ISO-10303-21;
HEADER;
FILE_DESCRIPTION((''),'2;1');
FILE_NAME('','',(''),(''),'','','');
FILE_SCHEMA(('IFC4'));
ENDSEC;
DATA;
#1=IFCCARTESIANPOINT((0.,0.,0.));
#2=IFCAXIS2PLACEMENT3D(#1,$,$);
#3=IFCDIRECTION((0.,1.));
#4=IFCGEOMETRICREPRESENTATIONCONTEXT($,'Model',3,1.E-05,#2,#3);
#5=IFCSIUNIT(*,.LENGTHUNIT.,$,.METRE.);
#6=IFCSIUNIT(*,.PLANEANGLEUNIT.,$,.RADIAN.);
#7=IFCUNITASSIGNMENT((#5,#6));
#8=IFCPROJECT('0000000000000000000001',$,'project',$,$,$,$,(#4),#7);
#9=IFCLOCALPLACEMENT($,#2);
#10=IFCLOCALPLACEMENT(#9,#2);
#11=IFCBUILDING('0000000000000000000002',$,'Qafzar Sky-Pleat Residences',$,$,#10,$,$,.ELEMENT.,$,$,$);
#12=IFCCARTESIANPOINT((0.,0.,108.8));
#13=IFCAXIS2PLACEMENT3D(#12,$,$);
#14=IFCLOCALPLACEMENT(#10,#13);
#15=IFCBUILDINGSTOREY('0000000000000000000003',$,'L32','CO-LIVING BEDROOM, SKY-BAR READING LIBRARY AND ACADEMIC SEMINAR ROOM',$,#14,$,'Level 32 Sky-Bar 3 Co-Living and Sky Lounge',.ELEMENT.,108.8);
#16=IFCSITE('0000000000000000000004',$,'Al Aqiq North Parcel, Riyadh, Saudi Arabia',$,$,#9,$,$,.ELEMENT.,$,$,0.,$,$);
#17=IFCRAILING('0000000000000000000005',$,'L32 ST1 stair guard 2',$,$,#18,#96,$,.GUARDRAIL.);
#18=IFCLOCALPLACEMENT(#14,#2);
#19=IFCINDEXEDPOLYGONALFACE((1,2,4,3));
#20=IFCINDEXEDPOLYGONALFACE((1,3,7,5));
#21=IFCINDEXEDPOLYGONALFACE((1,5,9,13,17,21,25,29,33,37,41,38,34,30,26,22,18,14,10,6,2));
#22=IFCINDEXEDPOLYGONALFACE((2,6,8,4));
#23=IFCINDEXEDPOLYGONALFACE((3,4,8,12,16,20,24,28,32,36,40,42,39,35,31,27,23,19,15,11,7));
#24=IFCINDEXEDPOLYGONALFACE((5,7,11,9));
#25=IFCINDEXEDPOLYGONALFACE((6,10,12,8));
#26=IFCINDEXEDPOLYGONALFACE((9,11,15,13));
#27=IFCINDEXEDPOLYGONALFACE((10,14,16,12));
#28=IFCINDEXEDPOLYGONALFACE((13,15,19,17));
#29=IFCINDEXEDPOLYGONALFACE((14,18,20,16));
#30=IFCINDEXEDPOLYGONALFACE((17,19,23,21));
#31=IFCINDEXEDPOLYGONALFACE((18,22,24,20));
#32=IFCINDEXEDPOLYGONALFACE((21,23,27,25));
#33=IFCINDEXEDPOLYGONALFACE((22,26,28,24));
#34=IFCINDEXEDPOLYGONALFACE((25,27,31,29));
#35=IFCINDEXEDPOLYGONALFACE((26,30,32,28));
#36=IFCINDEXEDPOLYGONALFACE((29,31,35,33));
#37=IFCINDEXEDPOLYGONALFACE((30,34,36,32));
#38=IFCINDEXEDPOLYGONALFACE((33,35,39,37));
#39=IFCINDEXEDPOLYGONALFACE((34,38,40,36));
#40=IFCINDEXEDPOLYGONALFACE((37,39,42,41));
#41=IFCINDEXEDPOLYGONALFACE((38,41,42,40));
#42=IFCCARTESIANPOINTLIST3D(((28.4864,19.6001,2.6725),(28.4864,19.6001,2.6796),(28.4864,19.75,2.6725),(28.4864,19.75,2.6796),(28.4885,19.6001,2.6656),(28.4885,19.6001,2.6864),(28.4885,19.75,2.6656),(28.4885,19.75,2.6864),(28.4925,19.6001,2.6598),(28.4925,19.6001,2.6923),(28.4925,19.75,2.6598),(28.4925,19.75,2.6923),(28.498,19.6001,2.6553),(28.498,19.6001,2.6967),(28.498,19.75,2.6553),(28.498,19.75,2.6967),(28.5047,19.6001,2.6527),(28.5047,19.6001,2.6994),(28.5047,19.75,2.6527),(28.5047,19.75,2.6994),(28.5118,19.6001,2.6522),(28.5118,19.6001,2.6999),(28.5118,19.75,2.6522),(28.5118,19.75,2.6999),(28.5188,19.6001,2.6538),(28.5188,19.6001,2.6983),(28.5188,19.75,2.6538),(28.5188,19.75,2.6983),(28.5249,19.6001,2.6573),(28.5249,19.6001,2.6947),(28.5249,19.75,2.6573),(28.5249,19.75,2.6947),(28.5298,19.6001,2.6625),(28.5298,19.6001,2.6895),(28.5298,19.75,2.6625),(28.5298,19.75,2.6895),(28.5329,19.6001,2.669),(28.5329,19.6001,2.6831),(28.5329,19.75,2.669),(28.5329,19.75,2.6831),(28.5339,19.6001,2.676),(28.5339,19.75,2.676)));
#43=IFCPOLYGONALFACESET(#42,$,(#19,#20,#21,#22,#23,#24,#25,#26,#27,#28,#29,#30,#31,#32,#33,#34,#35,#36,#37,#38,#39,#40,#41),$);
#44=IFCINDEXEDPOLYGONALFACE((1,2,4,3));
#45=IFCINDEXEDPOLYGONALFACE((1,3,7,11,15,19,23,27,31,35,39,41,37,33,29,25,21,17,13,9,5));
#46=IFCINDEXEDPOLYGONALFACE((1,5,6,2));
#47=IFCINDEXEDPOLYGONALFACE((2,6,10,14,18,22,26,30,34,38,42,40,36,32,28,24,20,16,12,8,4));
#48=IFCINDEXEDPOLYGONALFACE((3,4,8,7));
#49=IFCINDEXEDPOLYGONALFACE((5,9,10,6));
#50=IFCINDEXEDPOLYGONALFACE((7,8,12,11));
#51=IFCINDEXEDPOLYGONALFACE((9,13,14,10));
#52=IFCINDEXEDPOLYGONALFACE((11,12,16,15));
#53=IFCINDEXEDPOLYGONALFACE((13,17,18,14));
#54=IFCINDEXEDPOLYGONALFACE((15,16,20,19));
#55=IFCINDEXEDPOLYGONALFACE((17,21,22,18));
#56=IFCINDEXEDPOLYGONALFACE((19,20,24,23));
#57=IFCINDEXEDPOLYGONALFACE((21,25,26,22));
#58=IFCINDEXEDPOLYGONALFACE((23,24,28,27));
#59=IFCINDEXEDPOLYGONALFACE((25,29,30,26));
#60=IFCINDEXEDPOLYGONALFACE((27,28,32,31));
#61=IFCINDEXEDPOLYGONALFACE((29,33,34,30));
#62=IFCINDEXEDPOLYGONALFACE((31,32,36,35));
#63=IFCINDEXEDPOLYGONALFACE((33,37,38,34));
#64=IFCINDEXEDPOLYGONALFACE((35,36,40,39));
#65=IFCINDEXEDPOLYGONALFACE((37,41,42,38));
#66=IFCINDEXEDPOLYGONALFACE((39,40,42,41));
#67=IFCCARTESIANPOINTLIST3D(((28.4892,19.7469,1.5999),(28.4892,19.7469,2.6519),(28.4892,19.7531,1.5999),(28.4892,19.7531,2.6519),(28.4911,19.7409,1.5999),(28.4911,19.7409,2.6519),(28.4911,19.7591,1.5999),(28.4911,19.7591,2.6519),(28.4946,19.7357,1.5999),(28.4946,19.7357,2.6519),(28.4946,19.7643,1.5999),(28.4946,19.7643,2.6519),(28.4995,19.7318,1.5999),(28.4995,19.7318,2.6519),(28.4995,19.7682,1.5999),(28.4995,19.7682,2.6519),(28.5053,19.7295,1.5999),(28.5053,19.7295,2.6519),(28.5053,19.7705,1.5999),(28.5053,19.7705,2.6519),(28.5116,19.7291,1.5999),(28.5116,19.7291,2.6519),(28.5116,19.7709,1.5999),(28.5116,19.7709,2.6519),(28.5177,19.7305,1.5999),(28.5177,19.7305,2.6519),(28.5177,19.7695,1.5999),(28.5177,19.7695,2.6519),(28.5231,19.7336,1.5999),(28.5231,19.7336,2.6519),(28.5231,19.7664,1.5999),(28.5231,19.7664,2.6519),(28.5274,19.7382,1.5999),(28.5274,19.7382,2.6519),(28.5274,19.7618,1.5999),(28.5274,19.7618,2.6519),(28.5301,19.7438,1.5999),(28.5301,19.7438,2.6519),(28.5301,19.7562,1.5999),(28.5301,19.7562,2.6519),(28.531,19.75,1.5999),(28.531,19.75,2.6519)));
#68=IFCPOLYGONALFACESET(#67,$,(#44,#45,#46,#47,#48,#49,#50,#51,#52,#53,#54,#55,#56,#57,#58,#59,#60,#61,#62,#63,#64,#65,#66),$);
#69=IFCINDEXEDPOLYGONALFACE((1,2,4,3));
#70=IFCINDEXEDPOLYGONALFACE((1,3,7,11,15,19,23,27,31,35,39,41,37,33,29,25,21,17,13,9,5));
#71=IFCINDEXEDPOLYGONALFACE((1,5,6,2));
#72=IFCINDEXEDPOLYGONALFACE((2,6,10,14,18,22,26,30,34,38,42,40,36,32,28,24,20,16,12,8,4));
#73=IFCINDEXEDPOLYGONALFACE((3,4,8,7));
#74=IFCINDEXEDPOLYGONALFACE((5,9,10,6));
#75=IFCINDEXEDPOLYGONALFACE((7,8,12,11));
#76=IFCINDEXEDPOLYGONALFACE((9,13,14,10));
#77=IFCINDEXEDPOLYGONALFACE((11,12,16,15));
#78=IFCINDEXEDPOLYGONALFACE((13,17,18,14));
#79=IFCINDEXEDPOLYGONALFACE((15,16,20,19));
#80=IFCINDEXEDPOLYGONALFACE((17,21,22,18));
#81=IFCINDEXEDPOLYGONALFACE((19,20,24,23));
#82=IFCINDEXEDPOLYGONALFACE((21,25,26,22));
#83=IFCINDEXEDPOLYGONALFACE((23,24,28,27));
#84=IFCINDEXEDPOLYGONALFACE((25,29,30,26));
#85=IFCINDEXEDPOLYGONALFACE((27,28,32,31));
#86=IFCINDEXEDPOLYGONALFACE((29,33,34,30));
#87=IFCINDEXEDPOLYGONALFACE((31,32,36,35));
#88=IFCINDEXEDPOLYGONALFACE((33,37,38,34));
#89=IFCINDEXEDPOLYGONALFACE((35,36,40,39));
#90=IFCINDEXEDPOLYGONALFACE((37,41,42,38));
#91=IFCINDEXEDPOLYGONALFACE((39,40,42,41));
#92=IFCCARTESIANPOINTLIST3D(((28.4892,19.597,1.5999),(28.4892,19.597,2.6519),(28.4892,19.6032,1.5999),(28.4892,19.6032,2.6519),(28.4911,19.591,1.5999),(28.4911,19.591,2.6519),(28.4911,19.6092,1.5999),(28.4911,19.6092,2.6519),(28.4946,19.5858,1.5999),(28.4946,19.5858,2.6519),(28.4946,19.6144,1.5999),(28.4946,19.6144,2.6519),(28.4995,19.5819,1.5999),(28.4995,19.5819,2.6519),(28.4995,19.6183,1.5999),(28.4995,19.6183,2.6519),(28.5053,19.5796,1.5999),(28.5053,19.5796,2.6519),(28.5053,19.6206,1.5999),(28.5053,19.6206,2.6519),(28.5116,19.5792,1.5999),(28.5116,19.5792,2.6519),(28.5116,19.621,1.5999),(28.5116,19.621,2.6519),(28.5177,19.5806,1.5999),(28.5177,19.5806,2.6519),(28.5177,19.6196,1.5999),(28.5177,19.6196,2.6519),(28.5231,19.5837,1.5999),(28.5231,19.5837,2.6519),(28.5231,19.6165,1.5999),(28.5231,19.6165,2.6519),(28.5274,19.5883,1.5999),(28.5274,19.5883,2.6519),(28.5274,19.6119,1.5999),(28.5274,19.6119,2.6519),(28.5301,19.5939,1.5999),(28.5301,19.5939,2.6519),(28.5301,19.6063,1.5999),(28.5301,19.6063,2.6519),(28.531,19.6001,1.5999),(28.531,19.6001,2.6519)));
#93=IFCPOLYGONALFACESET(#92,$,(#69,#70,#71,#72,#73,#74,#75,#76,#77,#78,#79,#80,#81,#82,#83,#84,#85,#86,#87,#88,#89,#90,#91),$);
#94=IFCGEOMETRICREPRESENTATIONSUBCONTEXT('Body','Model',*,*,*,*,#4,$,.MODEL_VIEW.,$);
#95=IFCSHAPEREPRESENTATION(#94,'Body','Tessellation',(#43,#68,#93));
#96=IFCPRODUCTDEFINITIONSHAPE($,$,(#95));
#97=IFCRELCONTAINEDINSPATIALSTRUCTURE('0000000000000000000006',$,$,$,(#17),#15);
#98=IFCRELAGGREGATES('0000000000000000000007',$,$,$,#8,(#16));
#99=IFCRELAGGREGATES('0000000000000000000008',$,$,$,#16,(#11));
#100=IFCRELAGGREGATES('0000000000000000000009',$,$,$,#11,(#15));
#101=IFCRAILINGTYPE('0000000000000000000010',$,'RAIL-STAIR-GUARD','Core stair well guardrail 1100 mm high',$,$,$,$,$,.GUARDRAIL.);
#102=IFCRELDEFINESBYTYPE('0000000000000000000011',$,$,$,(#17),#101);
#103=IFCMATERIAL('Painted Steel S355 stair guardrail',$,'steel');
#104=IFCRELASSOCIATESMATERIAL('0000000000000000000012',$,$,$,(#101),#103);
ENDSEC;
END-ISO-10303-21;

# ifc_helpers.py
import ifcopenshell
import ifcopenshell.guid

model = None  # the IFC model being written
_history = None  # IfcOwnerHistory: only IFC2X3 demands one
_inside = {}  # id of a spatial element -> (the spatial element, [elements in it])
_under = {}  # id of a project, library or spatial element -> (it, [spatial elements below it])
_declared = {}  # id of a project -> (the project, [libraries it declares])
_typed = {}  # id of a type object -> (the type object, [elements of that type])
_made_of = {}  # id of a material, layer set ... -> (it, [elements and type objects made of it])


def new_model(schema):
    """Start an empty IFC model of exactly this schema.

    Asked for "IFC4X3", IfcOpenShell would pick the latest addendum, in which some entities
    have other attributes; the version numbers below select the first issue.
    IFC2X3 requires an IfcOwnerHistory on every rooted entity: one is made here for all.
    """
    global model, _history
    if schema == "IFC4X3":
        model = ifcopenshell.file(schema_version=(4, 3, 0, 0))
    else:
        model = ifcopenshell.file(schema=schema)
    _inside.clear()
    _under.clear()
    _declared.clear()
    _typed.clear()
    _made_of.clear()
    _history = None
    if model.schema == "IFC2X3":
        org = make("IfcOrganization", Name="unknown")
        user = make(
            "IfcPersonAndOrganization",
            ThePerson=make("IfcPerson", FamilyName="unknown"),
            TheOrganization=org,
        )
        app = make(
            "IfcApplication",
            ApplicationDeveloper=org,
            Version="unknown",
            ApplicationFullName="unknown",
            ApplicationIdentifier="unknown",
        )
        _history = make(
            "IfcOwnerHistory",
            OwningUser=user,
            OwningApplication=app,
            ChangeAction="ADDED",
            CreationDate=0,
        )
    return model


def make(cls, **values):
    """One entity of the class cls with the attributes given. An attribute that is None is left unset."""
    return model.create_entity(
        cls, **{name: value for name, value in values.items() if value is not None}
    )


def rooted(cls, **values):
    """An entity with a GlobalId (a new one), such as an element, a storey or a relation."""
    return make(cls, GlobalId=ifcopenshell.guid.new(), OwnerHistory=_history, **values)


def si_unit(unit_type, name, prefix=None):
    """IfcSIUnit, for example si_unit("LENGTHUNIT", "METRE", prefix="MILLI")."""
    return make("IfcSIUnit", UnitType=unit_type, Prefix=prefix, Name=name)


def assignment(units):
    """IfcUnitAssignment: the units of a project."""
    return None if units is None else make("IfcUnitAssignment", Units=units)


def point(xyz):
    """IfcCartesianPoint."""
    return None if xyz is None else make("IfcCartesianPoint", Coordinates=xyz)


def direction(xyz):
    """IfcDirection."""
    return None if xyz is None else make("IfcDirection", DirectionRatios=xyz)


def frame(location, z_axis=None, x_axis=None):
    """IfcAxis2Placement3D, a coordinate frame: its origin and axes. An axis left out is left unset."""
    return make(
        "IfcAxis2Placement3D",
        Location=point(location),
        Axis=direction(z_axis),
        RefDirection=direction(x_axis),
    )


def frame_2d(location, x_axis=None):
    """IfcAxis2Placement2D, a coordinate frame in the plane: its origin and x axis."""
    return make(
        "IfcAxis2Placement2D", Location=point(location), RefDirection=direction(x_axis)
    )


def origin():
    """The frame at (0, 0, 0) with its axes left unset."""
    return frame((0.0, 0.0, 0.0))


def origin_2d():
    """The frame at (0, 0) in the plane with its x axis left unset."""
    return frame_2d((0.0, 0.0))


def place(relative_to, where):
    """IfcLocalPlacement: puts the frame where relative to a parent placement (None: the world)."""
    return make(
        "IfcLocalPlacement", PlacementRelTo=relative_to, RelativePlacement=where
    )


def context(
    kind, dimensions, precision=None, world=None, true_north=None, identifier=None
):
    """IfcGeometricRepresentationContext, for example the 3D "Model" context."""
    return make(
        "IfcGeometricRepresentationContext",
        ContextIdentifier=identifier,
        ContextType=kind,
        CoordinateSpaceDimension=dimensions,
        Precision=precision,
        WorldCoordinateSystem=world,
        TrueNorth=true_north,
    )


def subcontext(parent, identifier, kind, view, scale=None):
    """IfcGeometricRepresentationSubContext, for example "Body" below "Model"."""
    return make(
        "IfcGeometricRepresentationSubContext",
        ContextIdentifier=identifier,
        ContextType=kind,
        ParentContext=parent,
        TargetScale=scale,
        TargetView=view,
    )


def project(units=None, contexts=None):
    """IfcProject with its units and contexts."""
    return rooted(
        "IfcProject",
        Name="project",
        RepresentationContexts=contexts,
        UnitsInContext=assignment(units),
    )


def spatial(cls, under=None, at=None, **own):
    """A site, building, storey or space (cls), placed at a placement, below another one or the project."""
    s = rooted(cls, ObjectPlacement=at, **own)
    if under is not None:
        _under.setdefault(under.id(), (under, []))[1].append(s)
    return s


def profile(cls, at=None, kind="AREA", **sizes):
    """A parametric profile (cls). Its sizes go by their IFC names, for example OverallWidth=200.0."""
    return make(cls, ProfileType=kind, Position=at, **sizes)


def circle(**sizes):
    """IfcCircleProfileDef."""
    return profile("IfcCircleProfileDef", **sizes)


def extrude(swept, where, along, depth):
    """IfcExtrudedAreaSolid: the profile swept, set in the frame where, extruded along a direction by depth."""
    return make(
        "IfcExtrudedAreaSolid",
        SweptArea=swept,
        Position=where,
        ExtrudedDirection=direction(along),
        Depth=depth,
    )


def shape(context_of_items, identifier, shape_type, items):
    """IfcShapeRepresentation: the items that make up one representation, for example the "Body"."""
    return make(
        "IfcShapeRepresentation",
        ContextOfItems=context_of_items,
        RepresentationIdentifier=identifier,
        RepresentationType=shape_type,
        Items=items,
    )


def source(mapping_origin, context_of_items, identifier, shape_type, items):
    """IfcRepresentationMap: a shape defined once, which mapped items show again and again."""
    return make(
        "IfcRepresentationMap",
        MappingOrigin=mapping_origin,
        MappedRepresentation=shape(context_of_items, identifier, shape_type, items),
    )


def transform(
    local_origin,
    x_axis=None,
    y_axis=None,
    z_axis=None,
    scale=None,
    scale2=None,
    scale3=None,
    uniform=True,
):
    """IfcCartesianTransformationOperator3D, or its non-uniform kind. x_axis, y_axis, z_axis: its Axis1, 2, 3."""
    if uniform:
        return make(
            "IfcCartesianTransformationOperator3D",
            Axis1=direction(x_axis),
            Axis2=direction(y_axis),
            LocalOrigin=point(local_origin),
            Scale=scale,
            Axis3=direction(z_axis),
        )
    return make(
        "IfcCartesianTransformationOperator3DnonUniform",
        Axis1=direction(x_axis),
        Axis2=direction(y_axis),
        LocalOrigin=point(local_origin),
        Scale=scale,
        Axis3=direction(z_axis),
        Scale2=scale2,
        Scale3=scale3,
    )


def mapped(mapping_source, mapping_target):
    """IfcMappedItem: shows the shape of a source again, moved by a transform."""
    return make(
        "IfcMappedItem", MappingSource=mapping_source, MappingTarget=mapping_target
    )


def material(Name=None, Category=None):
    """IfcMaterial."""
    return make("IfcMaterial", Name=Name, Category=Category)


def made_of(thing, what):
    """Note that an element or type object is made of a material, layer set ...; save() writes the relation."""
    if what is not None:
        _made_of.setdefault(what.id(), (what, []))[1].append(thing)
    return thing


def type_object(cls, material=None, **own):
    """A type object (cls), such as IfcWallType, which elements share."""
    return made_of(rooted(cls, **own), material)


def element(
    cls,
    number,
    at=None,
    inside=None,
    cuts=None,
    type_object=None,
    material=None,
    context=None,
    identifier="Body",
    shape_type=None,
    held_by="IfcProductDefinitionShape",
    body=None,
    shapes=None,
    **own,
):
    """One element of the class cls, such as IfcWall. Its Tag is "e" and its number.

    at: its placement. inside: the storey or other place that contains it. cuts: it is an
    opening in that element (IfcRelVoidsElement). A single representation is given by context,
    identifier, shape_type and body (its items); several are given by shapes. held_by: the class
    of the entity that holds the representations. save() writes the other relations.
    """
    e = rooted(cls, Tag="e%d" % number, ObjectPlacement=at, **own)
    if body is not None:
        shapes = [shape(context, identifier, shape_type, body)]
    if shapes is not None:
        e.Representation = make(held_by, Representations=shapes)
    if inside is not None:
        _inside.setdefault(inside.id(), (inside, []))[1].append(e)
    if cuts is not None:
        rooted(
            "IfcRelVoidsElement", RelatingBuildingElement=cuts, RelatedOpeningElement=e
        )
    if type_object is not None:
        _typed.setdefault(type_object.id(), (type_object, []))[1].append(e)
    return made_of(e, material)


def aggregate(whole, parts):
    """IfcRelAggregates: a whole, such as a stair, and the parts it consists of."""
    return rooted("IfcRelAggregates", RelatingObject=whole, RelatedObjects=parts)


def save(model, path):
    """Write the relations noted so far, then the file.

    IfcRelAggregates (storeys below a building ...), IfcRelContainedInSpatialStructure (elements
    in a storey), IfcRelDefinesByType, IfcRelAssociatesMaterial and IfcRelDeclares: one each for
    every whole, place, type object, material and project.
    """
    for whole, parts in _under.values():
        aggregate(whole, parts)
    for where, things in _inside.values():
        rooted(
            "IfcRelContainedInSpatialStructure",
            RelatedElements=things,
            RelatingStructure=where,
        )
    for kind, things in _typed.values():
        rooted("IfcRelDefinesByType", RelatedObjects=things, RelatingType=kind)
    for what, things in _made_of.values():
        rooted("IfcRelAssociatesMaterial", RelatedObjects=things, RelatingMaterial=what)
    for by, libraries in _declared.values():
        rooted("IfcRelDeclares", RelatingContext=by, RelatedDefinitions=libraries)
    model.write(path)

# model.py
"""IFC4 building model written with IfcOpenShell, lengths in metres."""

from ifc_helpers import new_model, si_unit, direction, frame, origin, origin_2d, place, context, subcontext, project, spatial, circle, extrude, source, transform, mapped, material, type_object, element, save


model = new_model("IFC4")

# Units and contexts
model_context = context("Model", 3, precision=1e-05, world=origin(), true_north=direction((0.0, 1.0)))
body_context = subcontext(model_context, "Body", "Model", "MODEL_VIEW")
ifc_project = project(units=[si_unit("LENGTHUNIT", "METRE"), si_unit("PLANEANGLEUNIT", "RADIAN")], contexts=[model_context])

# Site, building, storey
site_placement = place(None, origin())
site = spatial("IfcSite", under=ifc_project, at=site_placement, Name="Al Aqiq North Parcel, Riyadh, Saudi Arabia", CompositionType="ELEMENT", RefElevation=0.0)
building_placement = place(site_placement, origin())
building = spatial("IfcBuilding", under=site, at=building_placement, Name="Qafzar Sky-Pleat Residences", CompositionType="ELEMENT")
storey_placement = place(building_placement, frame((0.0, 0.0, 108.8)))
storey = spatial("IfcBuildingStorey", under=building, at=storey_placement, Name="L32", Description="CO-LIVING BEDROOM, SKY-BAR READING LIBRARY AND ACADEMIC SEMINAR ROOM", LongName="Level 32 Sky-Bar 3 Co-Living and Sky Lounge", CompositionType="ELEMENT", Elevation=108.8)

# Railing
ifc_material_1 = material(Name="Painted Steel S355 stair guardrail", Category="steel")
railing_type_1 = type_object("IfcRailingType", Name="RAIL-STAIR-GUARD", Description="Core stair well guardrail 1100 mm high", PredefinedType="GUARDRAIL", material=ifc_material_1)
shared_shape_1 = source(origin(), body_context, "Body", "SweptSolid", [
    extrude(circle(Radius=0.0239, at=origin_2d()), frame((0.0, 0.0, 1.0762), z_axis=(0.0, -1.0, 0.0), x_axis=(1.0, 0.0, 0.0)), (0.0, 0.0, 1.0), 0.1499),
    extrude(circle(Radius=0.021, at=origin_2d()), origin(), (0.0, 0.0, 1.0), 1.052),
    extrude(circle(Radius=0.021, at=origin_2d()), frame((0.0, -0.1499, 0.0)), (0.0, 0.0, 1.0), 1.052),
])
railing_1_placement = place(storey_placement, frame((28.51, 19.75, 1.5999)))
element("IfcRailing", 1, at=railing_1_placement, inside=storey, type_object=railing_type_1, Name="L32 ST1 stair guard 2", PredefinedType="GUARDRAIL", context=body_context, shape_type="MappedRepresentation", body=[
    mapped(shared_shape_1, transform((0.0, 0.0, 0.0), x_axis=(1.0, 0.0, 0.0), y_axis=(0.0, 1.0, 0.0), z_axis=(0.0, 0.0, 1.0), scale=1.0)),
])

save(model, "model.ifc")
